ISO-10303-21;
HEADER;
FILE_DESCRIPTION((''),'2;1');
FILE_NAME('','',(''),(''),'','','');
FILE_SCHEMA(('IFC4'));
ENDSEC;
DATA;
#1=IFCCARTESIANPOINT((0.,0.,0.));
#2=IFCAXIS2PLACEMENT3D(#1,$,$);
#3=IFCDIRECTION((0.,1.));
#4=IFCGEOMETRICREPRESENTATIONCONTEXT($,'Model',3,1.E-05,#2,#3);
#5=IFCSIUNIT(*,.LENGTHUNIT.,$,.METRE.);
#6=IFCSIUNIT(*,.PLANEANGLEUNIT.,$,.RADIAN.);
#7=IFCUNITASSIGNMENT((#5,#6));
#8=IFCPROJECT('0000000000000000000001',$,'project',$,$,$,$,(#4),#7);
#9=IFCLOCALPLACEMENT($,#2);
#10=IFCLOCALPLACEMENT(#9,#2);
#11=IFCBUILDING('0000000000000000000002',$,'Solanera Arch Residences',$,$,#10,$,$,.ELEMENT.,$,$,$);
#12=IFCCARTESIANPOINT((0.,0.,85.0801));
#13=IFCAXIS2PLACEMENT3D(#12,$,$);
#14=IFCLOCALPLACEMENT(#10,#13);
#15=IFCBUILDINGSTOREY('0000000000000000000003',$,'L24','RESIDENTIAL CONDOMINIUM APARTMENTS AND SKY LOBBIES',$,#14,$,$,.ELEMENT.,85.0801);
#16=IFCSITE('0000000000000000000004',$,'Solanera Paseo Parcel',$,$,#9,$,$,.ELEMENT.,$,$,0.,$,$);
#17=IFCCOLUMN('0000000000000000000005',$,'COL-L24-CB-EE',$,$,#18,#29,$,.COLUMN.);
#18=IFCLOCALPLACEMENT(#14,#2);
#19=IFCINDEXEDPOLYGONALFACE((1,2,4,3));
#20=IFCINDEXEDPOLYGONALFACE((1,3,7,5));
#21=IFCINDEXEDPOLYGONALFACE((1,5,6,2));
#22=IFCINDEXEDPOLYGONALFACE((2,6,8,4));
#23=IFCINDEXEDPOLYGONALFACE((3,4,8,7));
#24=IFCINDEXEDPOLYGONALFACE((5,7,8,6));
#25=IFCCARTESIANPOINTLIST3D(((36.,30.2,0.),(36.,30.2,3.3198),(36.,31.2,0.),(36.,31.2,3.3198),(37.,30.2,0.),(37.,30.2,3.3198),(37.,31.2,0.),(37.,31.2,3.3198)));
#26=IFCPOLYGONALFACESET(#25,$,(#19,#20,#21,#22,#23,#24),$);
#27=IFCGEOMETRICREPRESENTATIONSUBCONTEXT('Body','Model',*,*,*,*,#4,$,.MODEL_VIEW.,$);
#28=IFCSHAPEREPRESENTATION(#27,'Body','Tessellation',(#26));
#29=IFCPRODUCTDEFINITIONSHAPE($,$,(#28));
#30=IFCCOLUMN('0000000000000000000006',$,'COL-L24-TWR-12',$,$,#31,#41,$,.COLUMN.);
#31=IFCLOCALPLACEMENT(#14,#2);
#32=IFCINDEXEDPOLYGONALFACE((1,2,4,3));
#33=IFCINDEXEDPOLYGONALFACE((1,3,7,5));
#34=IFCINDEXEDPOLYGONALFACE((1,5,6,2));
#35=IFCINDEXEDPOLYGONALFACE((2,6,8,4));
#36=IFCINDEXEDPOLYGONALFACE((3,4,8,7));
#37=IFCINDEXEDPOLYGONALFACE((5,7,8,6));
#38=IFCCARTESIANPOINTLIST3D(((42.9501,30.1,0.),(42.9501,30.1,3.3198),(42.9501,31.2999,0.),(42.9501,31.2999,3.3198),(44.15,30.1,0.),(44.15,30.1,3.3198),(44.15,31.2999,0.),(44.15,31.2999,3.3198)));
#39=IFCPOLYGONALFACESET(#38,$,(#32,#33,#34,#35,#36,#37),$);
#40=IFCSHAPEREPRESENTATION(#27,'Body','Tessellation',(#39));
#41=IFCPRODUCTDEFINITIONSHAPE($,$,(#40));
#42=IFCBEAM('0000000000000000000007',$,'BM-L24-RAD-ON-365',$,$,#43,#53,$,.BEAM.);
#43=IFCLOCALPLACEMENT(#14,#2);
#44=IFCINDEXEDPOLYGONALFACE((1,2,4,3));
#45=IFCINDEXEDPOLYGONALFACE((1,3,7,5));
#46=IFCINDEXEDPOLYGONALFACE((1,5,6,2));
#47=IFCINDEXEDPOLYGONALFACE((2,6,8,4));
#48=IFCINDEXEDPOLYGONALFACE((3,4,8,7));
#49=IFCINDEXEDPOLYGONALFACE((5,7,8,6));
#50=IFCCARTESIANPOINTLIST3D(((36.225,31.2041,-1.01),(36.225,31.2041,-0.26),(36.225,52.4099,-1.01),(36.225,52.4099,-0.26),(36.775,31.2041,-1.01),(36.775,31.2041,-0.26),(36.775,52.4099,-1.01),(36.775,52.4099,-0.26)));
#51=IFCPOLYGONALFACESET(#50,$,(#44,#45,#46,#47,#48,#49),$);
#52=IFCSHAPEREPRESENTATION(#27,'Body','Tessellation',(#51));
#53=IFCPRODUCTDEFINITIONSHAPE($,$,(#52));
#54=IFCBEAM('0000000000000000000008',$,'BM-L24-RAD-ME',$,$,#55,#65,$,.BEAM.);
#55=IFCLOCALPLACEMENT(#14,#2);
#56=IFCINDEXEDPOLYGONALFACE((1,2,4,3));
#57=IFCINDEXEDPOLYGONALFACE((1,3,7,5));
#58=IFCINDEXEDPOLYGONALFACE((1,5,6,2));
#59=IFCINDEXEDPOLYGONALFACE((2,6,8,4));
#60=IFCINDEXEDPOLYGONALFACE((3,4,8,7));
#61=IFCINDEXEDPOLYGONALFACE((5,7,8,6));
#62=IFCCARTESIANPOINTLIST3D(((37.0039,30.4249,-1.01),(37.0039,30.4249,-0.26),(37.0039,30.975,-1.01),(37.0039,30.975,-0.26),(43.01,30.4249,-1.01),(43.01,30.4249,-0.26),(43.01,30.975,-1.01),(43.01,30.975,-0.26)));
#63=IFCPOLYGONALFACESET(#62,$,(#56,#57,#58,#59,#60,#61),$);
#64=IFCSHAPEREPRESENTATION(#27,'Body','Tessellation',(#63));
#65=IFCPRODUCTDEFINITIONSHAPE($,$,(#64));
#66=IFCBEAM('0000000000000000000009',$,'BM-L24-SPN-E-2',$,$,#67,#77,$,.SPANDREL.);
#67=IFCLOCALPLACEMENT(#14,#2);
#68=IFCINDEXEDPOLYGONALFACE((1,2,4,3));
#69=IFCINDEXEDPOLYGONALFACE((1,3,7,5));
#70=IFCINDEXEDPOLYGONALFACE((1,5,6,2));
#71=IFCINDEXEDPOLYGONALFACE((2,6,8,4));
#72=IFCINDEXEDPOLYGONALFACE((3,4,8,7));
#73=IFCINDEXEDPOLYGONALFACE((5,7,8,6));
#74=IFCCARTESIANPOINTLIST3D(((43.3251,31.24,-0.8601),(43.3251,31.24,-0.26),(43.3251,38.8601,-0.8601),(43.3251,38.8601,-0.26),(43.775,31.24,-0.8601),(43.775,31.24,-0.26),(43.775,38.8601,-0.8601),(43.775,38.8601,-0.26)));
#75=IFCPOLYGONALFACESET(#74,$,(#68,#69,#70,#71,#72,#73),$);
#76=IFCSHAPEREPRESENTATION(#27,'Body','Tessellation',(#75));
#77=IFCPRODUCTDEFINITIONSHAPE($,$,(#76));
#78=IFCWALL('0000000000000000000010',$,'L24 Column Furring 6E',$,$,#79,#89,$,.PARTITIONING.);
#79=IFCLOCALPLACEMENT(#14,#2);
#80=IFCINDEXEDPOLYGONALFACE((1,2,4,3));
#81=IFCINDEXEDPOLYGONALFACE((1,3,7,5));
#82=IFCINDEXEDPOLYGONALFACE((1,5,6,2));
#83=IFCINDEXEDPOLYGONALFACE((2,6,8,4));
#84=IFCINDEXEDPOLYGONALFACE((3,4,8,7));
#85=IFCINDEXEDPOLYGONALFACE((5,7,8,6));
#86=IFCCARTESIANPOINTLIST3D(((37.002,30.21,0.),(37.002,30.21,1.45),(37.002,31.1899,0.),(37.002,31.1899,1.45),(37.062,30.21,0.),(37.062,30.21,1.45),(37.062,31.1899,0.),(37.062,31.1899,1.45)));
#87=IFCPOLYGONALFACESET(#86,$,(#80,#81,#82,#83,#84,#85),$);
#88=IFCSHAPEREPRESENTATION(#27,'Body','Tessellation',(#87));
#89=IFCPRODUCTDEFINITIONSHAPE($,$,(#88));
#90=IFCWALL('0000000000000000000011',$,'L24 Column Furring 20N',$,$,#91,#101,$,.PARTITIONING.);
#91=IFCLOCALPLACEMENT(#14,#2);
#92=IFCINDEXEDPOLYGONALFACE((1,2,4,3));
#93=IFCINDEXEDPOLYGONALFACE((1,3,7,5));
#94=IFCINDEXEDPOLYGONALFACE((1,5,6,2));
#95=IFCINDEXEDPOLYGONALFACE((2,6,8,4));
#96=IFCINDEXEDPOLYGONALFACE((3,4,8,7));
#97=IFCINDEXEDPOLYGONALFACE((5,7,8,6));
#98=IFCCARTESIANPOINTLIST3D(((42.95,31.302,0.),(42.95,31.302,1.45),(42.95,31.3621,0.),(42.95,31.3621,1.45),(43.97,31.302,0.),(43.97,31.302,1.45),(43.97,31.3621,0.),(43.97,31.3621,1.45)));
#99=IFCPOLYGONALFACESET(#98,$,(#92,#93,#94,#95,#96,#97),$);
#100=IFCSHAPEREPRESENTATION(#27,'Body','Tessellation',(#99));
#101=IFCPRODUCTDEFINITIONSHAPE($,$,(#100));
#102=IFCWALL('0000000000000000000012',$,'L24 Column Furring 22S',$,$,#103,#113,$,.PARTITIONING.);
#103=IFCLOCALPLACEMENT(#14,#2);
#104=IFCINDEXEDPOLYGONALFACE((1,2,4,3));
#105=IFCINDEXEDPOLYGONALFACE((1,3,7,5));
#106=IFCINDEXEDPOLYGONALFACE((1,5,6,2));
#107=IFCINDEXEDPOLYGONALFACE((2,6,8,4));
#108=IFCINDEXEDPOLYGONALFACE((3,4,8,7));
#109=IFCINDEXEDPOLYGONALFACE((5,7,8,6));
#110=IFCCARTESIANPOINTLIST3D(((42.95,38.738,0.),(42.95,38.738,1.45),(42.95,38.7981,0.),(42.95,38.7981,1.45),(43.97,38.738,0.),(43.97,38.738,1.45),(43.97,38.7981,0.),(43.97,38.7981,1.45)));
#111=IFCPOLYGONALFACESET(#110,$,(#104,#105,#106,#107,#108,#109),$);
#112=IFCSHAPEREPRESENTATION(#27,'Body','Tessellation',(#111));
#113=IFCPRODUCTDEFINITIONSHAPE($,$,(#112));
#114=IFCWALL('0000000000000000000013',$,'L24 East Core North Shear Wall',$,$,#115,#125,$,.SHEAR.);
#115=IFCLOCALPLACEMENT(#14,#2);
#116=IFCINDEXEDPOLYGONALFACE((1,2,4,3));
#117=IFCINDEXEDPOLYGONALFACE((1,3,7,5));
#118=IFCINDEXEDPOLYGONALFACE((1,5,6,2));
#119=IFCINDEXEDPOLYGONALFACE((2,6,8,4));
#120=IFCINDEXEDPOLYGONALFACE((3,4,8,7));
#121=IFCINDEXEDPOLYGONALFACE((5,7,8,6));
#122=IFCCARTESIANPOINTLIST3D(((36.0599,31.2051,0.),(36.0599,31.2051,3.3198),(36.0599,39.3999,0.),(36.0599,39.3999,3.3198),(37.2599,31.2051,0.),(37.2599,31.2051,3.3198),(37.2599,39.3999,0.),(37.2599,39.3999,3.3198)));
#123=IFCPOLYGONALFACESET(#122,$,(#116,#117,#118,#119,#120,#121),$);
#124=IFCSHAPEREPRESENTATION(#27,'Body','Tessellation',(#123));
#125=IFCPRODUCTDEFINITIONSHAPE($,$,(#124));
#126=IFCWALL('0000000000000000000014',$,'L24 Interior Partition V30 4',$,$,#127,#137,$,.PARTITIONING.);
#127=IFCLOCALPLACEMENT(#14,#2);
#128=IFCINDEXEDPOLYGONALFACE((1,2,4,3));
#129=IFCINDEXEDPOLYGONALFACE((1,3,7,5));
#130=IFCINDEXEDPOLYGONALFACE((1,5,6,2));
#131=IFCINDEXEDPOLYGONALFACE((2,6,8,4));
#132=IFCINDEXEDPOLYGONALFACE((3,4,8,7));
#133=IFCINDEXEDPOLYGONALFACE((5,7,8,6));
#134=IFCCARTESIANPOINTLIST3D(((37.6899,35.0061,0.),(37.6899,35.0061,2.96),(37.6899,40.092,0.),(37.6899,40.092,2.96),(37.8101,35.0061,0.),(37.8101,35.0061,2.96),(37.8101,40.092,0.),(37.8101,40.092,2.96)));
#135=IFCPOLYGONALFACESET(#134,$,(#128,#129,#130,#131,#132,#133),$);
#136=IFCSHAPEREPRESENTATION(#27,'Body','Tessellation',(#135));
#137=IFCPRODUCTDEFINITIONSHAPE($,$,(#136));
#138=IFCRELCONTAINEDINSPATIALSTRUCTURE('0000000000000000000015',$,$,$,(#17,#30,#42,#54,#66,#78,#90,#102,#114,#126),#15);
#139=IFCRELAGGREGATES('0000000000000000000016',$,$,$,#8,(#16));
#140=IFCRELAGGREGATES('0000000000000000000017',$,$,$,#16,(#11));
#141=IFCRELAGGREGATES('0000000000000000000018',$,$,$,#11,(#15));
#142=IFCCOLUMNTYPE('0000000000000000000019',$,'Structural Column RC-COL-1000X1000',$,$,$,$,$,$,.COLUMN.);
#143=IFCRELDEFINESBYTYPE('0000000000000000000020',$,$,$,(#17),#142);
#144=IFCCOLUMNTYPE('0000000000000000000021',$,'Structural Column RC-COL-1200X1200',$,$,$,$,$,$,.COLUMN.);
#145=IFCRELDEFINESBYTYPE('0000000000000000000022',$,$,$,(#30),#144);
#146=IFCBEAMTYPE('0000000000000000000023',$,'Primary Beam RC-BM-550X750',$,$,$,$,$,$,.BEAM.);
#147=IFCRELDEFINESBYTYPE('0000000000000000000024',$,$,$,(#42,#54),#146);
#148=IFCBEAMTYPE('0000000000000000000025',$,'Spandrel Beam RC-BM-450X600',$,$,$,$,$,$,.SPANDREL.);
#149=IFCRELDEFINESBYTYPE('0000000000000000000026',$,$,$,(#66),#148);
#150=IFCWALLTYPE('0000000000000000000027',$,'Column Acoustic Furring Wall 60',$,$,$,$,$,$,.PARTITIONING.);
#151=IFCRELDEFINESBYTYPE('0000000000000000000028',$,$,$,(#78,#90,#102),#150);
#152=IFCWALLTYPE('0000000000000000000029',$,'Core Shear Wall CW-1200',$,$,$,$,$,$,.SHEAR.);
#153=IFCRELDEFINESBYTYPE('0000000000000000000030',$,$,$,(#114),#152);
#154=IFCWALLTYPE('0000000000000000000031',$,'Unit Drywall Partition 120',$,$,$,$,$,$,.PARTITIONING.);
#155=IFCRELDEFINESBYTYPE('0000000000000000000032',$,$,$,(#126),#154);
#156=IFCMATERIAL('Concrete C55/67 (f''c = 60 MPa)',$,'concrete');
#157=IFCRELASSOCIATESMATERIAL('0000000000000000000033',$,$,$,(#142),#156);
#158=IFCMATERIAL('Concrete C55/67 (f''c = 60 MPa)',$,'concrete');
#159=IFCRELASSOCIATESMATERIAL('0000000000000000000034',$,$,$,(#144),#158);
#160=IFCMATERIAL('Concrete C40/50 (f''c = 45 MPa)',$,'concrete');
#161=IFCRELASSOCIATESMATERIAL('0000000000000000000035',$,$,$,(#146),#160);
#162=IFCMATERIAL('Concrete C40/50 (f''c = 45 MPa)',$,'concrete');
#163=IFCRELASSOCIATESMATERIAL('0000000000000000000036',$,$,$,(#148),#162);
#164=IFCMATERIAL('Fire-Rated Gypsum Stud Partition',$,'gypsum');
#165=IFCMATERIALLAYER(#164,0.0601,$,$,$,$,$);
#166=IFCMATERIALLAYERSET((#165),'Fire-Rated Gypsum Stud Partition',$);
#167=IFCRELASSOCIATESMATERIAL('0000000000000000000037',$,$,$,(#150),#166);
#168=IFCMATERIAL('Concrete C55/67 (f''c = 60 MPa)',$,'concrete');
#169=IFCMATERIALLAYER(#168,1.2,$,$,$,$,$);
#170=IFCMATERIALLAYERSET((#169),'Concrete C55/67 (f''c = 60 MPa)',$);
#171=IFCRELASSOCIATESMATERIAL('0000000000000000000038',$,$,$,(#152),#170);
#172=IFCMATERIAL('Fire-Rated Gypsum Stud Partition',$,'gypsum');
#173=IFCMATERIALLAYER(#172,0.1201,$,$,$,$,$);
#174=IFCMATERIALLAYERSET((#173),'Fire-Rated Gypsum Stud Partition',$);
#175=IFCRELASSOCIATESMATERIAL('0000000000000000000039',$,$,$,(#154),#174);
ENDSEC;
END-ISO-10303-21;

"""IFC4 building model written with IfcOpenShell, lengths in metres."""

from ifc_helpers import new_model, si_unit, direction, frame, frame_2d, origin, origin_2d, place, context, subcontext, project, spatial, rectangle, extrude, material, layer, layer_set, material_profile, profile_set, type_object, element, save


model = new_model("IFC4")

# Units and contexts
model_context = context("Model", 3, precision=1e-05, world=origin(), true_north=direction((0.0, 1.0)))
body_context = subcontext(model_context, "Body", "Model", "MODEL_VIEW")
ifc_project = project(units=[si_unit("LENGTHUNIT", "METRE"), si_unit("PLANEANGLEUNIT", "RADIAN")], contexts=[model_context])

# Site, building, storey
site_placement = place(None, origin())
site = spatial("IfcSite", under=ifc_project, at=site_placement, Name="Solanera Paseo Parcel", CompositionType="ELEMENT", RefElevation=0.0)
building_placement = place(site_placement, origin())
building = spatial("IfcBuilding", under=site, at=building_placement, Name="Solanera Arch Residences", CompositionType="ELEMENT")
storey_placement = place(building_placement, frame((0.0, 0.0, 85.0801)))
storey = spatial("IfcBuildingStorey", under=building, at=storey_placement, Name="L24", Description="RESIDENTIAL CONDOMINIUM APARTMENTS AND SKY LOBBIES", CompositionType="ELEMENT", Elevation=85.0801)

# Columns
ifc_material_1 = material(Name="Concrete C55/67 (f'c = 60 MPa)", Category="concrete")
ifc_material_profile_1 = material_profile(ifc_material_1, rectangle(XDim=1.0, YDim=1.0, at=origin_2d()))
ifc_profile_set_1 = profile_set([ifc_material_profile_1], Name="Concrete C55/67 (f'c = 60 MPa)")
column_type_1 = type_object("IfcColumnType", Name="Structural Column RC-COL-1000X1000", PredefinedType="COLUMN", material=ifc_profile_set_1)
column_1_placement = place(storey_placement, frame((36.5, 30.7, 0.0), z_axis=(0.0, 0.0, 1.0), x_axis=(1.0, 0.0, 0.0)))
element("IfcColumn", 1, at=column_1_placement, inside=storey, type_object=column_type_1, Name="COL-L24-CB-EE", PredefinedType="COLUMN", context=body_context, shape_type="SweptSolid", body=[
    extrude(rectangle(XDim=1.0, YDim=1.0, at=origin_2d()), origin(), (0.0, 0.0, 1.0), 3.3198),
])
ifc_material_2 = material(Name="Concrete C55/67 (f'c = 60 MPa)", Category="concrete")
ifc_material_profile_2 = material_profile(ifc_material_2, rectangle(XDim=1.2, YDim=1.2, at=origin_2d()))
ifc_profile_set_2 = profile_set([ifc_material_profile_2], Name="Concrete C55/67 (f'c = 60 MPa)")
column_type_2 = type_object("IfcColumnType", Name="Structural Column RC-COL-1200X1200", PredefinedType="COLUMN", material=ifc_profile_set_2)
column_2_placement = place(storey_placement, frame((43.55, 30.7, 0.0), z_axis=(0.0, 0.0, 1.0), x_axis=(1.0, 0.0, 0.0)))
element("IfcColumn", 2, at=column_2_placement, inside=storey, type_object=column_type_2, Name="COL-L24-TWR-12", PredefinedType="COLUMN", context=body_context, shape_type="SweptSolid", body=[
    extrude(rectangle(XDim=1.2, YDim=1.2, at=origin_2d()), origin(), (0.0, 0.0, 1.0), 3.3198),
])

# Beams
ifc_material_3 = material(Name="Concrete C40/50 (f'c = 45 MPa)", Category="concrete")
ifc_material_profile_3 = material_profile(ifc_material_3, rectangle(XDim=0.55, YDim=0.75, at=origin_2d()))
ifc_profile_set_3 = profile_set([ifc_material_profile_3], Name="Concrete C40/50 (f'c = 45 MPa)")
beam_type_1 = type_object("IfcBeamType", Name="Primary Beam RC-BM-550X750", PredefinedType="BEAM", material=ifc_profile_set_3)
beam_1_placement = place(storey_placement, frame((36.5, 31.2041, -0.635), z_axis=(0.0, 1.0, 0.0), x_axis=(-1.0, 0.0, 0.0)))
element("IfcBeam", 3, at=beam_1_placement, inside=storey, type_object=beam_type_1, Name="BM-L24-RAD-ON-365", PredefinedType="BEAM", context=body_context, shape_type="SweptSolid", body=[
    extrude(rectangle(XDim=0.55, YDim=0.75, at=origin_2d()), origin(), (0.0, 0.0, 1.0), 21.2058),
])
beam_2_placement = place(storey_placement, frame((37.0039, 30.7, -0.635), z_axis=(1.0, 0.0, 0.0), x_axis=(0.0, 1.0, 0.0)))
element("IfcBeam", 4, at=beam_2_placement, inside=storey, type_object=beam_type_1, Name="BM-L24-RAD-ME", PredefinedType="BEAM", context=body_context, shape_type="SweptSolid", body=[
    extrude(rectangle(XDim=0.55, YDim=0.75, at=origin_2d()), origin(), (0.0, 0.0, 1.0), 6.0061),
])
ifc_material_4 = material(Name="Concrete C40/50 (f'c = 45 MPa)", Category="concrete")
ifc_material_profile_4 = material_profile(ifc_material_4, rectangle(XDim=0.45, YDim=0.6001, at=origin_2d()))
ifc_profile_set_4 = profile_set([ifc_material_profile_4], Name="Concrete C40/50 (f'c = 45 MPa)")
beam_type_2 = type_object("IfcBeamType", Name="Spandrel Beam RC-BM-450X600", PredefinedType="SPANDREL", material=ifc_profile_set_4)
beam_3_placement = place(storey_placement, frame((43.55, 31.24, -0.5601), z_axis=(0.0, 1.0, 0.0), x_axis=(-1.0, 0.0, 0.0)))
element("IfcBeam", 5, at=beam_3_placement, inside=storey, type_object=beam_type_2, Name="BM-L24-SPN-E-2", PredefinedType="SPANDREL", context=body_context, shape_type="SweptSolid", body=[
    extrude(rectangle(XDim=0.45, YDim=0.6001, at=origin_2d()), origin(), (0.0, 0.0, 1.0), 7.6201),
])

# Walls
ifc_material_5 = material(Name="Fire-Rated Gypsum Stud Partition", Category="gypsum")
ifc_layer_1 = layer(ifc_material_5, 0.0601)
ifc_layer_set_1 = layer_set([ifc_layer_1], Name="Fire-Rated Gypsum Stud Partition")
wall_type_1 = type_object("IfcWallType", Name="Column Acoustic Furring Wall 60", PredefinedType="PARTITIONING", material=ifc_layer_set_1)
wall_1_placement = place(storey_placement, frame((37.032, 30.21, 0.0), z_axis=(0.0, 0.0, 1.0), x_axis=(0.0, 1.0, 0.0)))
element("IfcWall", 6, at=wall_1_placement, inside=storey, type_object=wall_type_1, Name="L24 Column Furring 6E", PredefinedType="PARTITIONING", context=body_context, shape_type="SweptSolid", body=[
    extrude(rectangle(XDim=0.98, YDim=0.0601, at=frame_2d((0.49, 0.0))), origin(), (0.0, 0.0, 1.0), 1.45),
])
for number, where, z_axis, x_axis, name in (
    (7, (42.95, 31.332, 0.0), (0.0, 0.0, 1.0), (1.0, 0.0, 0.0), "L24 Column Furring 20N"),
    (8, (42.95, 38.7681, 0.0), (0.0, 0.0, 1.0), (1.0, 0.0, 0.0), "L24 Column Furring 22S"),
):
    element("IfcWall", number, at=place(storey_placement, frame(where, z_axis=z_axis, x_axis=x_axis)), inside=storey, type_object=wall_type_1, Name=name, PredefinedType="PARTITIONING", context=body_context, shape_type="SweptSolid", body=[
        extrude(rectangle(XDim=1.02, YDim=0.0601, at=frame_2d((0.51, 0.0))), origin(), (0.0, 0.0, 1.0), 1.45),
    ])
ifc_material_6 = material(Name="Concrete C55/67 (f'c = 60 MPa)", Category="concrete")
ifc_layer_2 = layer(ifc_material_6, 1.2)
ifc_layer_set_2 = layer_set([ifc_layer_2], Name="Concrete C55/67 (f'c = 60 MPa)")
wall_type_2 = type_object("IfcWallType", Name="Core Shear Wall CW-1200", PredefinedType="SHEAR", material=ifc_layer_set_2)
wall_2_placement = place(storey_placement, frame((36.6599, 31.2051, 0.0), z_axis=(0.0, 0.0, 1.0), x_axis=(0.0, 1.0, 0.0)))
element("IfcWall", 9, at=wall_2_placement, inside=storey, type_object=wall_type_2, Name="L24 East Core North Shear Wall", PredefinedType="SHEAR", context=body_context, shape_type="SweptSolid", body=[
    extrude(rectangle(XDim=8.1948, YDim=1.2, at=frame_2d((4.0974, 0.0))), origin(), (0.0, 0.0, 1.0), 3.3198),
])

# Wall
ifc_material_7 = material(Name="Fire-Rated Gypsum Stud Partition", Category="gypsum")
ifc_layer_3 = layer(ifc_material_7, 0.1201)
ifc_layer_set_3 = layer_set([ifc_layer_3], Name="Fire-Rated Gypsum Stud Partition")
wall_type_3 = type_object("IfcWallType", Name="Unit Drywall Partition 120", PredefinedType="PARTITIONING", material=ifc_layer_set_3)
wall_3_placement = place(storey_placement, frame((37.75, 35.0061, 0.0), z_axis=(0.0, 0.0, 1.0), x_axis=(0.0, 1.0, 0.0)))
element("IfcWall", 10, at=wall_3_placement, inside=storey, type_object=wall_type_3, Name="L24 Interior Partition V30 4", PredefinedType="PARTITIONING", context=body_context, shape_type="SweptSolid", body=[
    extrude(rectangle(XDim=5.0859, YDim=0.1201, at=frame_2d((2.543, 0.0))), origin(), (0.0, 0.0, 1.0), 2.96),
])

save(model, "model.ifc")
